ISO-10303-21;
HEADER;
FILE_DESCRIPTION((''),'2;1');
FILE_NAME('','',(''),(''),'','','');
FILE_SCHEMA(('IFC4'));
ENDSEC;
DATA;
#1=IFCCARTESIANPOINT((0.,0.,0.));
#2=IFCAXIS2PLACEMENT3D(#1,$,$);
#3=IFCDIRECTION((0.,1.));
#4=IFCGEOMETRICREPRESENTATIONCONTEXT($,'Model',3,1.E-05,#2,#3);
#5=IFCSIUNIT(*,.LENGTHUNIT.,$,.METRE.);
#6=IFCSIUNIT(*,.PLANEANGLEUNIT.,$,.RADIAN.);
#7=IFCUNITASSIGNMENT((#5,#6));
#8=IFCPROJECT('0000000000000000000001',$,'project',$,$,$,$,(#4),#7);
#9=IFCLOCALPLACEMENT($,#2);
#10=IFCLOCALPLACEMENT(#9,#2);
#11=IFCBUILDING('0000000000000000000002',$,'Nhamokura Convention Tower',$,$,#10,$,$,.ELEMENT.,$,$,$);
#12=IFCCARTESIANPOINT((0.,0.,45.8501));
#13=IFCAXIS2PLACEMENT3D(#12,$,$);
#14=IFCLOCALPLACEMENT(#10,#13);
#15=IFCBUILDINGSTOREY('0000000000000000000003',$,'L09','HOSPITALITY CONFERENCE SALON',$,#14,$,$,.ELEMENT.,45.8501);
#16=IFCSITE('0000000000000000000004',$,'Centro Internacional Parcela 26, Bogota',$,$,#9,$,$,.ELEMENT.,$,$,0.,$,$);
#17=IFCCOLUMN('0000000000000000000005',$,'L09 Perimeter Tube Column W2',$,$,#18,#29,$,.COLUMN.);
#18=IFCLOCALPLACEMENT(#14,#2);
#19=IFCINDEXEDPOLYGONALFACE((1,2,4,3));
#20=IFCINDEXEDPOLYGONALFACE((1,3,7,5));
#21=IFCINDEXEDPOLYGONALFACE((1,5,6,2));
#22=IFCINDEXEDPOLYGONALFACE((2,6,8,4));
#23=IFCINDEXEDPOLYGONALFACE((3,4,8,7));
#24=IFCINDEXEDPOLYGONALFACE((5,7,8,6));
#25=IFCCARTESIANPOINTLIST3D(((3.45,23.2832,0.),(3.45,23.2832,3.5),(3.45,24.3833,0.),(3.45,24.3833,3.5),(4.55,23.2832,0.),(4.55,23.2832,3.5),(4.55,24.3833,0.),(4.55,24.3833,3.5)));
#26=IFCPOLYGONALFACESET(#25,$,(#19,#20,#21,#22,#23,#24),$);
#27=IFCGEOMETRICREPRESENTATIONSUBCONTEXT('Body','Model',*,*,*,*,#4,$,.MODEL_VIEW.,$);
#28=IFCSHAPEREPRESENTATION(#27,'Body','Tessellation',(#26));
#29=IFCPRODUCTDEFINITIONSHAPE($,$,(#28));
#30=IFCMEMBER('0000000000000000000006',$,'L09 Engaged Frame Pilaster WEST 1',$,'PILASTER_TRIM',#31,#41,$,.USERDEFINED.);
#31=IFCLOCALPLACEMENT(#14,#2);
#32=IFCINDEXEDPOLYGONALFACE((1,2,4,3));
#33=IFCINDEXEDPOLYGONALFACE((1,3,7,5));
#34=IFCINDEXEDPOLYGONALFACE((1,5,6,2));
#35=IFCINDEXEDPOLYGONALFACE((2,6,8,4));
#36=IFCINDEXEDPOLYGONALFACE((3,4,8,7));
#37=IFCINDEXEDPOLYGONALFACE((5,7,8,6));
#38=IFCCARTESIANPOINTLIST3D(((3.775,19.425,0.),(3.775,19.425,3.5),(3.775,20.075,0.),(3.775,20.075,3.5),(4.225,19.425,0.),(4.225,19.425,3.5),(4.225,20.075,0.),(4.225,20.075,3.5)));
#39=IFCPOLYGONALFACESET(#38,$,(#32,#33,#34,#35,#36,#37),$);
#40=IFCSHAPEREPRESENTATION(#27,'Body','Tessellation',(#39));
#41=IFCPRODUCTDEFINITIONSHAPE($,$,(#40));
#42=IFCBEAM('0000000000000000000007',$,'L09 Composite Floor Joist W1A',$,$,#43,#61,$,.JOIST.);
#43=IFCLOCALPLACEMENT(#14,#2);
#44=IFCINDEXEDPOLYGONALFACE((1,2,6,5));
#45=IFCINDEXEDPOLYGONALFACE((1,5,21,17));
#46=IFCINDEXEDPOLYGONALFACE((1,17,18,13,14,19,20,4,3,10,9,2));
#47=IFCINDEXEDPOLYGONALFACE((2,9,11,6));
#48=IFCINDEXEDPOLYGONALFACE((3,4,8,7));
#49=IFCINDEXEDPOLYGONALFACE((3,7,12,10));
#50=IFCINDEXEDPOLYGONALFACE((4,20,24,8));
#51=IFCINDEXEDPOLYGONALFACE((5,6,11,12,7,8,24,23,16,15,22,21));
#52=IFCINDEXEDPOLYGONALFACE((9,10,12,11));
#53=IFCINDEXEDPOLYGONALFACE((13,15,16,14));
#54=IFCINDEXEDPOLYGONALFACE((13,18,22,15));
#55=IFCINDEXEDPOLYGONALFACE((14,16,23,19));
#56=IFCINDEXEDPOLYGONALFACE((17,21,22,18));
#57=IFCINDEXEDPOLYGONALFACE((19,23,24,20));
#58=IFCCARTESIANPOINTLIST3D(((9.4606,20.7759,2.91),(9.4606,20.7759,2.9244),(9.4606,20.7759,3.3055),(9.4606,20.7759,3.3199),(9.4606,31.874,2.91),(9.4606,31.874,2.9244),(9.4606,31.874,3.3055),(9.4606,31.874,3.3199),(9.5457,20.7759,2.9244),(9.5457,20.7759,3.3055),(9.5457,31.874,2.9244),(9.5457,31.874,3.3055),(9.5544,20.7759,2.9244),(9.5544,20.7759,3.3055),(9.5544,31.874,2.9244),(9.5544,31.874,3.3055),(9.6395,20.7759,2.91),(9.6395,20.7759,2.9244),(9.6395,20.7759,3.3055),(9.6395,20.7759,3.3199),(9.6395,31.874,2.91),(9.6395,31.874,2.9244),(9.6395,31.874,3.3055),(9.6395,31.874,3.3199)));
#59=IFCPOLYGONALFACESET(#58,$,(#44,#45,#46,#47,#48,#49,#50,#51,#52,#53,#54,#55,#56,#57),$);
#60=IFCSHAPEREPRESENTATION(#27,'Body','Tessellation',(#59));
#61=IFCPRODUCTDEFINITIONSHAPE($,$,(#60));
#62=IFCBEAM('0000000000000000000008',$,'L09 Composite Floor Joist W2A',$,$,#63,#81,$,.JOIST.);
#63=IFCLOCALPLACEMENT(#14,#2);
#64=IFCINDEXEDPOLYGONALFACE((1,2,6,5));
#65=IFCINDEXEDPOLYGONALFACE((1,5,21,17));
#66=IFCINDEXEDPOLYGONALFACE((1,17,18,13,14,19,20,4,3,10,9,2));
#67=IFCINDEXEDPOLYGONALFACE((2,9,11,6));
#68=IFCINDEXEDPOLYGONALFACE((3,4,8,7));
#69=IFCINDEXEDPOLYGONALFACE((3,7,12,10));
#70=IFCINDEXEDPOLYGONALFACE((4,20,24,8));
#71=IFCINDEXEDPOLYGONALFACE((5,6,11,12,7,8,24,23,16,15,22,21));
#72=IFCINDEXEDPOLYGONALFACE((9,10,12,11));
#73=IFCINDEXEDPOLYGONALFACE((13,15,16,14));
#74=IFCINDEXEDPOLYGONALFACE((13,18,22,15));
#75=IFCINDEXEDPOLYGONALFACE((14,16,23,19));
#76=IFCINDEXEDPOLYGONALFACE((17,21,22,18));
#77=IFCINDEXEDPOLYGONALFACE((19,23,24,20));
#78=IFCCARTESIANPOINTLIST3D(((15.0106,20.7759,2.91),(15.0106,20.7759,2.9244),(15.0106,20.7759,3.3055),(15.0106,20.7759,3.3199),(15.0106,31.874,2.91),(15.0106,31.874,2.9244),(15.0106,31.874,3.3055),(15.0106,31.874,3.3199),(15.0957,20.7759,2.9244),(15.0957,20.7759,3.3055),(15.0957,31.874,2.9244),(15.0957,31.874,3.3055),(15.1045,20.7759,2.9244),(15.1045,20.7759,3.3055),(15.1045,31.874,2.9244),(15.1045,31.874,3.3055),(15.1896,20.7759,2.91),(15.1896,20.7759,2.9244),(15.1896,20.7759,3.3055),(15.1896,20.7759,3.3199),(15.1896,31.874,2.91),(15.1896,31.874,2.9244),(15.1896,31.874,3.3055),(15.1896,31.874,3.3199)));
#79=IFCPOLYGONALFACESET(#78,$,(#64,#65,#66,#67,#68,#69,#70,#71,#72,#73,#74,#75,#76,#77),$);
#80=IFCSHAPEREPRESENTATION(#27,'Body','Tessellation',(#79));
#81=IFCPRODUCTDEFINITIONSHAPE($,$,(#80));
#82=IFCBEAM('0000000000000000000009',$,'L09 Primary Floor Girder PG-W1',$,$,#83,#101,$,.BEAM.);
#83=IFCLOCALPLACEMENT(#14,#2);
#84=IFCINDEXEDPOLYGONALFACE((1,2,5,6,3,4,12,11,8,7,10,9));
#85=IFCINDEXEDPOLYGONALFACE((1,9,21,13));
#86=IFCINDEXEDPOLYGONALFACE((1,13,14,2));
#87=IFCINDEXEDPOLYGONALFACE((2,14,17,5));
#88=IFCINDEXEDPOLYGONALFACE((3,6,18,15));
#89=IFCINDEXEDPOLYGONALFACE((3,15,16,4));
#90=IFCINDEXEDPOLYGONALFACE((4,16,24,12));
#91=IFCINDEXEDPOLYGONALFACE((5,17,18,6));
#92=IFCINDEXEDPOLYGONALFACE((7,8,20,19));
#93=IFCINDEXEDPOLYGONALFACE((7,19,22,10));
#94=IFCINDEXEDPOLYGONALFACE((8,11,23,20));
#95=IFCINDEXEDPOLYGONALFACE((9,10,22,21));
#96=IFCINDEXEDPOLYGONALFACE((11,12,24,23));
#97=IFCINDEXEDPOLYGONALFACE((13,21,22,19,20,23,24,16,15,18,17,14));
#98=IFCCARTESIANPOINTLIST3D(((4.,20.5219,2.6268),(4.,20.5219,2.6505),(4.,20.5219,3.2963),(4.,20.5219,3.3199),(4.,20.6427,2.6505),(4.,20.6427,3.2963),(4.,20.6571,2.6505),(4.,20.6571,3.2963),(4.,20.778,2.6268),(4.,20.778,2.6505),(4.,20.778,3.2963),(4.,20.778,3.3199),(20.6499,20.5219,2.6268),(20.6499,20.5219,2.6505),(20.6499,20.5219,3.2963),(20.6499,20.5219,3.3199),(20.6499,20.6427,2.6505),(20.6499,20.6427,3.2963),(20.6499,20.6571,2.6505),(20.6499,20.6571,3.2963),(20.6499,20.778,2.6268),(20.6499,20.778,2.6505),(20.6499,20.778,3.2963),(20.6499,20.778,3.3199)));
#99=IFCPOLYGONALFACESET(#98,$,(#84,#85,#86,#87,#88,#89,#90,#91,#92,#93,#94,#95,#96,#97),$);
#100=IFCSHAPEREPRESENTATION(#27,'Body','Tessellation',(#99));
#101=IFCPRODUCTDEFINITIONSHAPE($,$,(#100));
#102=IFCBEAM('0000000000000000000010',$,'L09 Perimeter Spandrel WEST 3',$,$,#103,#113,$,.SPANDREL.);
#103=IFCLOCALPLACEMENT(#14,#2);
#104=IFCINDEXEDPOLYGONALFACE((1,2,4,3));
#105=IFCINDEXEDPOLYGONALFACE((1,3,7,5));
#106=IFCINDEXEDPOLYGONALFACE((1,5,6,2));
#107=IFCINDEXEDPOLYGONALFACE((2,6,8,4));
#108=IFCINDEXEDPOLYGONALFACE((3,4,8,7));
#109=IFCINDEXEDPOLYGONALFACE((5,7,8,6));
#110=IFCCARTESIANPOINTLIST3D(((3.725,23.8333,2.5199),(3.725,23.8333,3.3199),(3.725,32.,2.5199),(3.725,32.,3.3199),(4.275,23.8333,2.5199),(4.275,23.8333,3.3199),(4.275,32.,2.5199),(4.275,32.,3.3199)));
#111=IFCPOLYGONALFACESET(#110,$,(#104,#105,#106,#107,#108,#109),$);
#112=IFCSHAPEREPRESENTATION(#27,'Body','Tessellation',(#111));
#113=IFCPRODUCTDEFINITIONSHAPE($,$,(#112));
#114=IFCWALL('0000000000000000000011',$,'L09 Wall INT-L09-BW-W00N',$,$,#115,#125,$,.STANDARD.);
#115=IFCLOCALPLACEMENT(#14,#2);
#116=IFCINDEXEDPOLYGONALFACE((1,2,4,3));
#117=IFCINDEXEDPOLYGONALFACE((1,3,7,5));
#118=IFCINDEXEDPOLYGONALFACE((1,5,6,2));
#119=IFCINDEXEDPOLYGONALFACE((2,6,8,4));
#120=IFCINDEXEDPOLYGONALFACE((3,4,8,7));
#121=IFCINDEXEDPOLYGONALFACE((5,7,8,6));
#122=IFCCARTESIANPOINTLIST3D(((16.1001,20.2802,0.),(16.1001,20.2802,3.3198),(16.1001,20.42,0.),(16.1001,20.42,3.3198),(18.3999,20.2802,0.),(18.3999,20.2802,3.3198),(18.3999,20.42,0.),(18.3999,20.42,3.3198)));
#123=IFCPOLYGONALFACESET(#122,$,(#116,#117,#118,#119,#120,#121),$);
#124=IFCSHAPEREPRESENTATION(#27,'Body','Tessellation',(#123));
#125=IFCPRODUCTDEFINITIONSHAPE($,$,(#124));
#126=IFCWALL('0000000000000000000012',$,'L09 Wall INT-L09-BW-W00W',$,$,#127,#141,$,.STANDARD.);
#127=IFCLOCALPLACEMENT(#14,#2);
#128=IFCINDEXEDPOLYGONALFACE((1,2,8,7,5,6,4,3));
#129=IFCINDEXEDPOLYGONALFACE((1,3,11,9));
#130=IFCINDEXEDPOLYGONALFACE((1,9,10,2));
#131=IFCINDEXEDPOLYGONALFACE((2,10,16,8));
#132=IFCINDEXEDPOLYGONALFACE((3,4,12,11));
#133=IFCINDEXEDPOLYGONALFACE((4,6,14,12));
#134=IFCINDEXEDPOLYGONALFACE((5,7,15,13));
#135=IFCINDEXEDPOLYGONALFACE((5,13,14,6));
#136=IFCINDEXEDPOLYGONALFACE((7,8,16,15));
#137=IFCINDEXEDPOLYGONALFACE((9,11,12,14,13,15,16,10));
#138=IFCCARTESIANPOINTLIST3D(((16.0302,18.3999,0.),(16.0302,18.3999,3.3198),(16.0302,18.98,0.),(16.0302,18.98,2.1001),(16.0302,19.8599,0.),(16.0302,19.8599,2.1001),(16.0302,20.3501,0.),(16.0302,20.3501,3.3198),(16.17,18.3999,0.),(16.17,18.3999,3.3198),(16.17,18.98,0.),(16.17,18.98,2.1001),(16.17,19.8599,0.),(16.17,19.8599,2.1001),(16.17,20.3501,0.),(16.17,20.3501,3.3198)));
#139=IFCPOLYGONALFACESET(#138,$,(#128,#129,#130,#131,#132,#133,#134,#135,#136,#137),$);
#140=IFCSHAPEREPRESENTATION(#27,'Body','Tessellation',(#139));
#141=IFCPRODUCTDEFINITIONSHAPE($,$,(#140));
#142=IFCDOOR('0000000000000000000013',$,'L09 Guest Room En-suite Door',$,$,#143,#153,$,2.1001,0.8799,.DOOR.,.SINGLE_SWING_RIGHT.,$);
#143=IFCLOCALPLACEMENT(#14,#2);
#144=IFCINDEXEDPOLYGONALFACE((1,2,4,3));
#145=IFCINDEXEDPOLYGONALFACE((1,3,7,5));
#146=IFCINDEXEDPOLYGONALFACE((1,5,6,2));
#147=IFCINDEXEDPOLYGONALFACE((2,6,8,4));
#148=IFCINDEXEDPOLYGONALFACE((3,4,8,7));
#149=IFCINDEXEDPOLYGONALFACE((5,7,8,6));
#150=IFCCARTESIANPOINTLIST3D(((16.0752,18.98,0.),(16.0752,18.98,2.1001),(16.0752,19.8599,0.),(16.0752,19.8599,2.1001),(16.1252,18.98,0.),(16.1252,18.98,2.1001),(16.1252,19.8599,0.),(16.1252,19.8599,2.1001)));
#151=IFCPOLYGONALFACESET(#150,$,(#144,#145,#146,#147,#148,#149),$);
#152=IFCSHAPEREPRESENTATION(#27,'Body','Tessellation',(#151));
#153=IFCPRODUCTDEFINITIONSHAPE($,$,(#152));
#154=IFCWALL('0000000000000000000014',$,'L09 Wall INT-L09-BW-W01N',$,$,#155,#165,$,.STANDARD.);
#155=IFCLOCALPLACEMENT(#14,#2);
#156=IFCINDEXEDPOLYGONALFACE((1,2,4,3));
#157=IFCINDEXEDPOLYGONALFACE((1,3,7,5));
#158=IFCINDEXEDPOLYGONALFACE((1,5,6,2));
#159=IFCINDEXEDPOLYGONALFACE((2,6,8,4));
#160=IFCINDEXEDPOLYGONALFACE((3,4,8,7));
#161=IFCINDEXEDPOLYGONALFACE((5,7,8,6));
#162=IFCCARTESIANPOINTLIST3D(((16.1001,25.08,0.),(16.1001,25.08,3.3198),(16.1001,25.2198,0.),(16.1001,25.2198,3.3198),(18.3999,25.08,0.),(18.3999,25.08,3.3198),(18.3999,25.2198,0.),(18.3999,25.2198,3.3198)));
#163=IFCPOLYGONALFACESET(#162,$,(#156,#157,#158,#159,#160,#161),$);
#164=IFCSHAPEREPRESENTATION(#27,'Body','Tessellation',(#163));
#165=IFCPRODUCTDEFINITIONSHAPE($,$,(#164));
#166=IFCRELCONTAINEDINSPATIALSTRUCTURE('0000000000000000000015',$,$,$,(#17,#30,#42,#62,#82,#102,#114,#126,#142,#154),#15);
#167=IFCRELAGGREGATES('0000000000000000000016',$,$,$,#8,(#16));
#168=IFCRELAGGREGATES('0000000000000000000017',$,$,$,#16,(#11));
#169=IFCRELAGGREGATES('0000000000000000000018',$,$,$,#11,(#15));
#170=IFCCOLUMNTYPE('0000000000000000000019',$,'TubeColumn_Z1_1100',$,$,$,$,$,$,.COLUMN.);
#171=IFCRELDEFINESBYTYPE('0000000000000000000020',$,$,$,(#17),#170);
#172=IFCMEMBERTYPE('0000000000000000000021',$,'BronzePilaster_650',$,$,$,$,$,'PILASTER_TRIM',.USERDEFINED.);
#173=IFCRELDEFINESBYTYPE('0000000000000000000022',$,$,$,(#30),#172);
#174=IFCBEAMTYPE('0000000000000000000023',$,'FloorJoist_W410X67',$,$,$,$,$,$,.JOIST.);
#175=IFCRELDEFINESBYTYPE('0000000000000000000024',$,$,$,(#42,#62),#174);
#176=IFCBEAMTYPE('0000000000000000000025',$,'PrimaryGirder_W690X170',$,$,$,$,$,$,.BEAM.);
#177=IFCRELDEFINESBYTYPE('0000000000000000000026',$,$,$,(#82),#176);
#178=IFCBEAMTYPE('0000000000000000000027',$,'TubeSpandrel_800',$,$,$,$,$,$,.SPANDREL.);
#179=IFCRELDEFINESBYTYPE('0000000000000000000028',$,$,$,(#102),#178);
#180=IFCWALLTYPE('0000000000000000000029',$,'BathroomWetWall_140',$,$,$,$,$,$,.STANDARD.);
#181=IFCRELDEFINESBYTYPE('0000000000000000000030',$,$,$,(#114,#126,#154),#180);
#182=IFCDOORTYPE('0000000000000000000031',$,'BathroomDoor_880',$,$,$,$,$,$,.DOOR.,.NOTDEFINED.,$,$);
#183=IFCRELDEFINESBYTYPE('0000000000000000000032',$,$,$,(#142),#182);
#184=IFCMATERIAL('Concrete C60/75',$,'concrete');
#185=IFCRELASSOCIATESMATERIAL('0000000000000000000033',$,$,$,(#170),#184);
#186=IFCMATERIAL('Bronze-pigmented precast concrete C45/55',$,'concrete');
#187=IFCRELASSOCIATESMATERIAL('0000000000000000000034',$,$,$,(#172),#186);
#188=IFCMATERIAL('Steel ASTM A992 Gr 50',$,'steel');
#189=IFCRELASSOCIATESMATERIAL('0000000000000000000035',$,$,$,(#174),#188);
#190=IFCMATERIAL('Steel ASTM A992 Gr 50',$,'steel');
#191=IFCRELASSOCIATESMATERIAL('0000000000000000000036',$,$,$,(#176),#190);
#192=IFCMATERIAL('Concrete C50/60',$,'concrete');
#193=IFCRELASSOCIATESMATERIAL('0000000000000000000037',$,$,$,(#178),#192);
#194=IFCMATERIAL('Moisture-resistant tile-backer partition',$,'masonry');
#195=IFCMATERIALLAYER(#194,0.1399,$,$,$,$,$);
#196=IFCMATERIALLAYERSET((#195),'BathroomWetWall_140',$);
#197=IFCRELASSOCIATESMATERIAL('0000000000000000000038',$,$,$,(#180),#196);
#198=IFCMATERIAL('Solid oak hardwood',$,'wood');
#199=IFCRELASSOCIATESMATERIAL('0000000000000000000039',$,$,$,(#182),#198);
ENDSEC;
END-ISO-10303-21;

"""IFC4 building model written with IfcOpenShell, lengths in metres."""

from ifc_helpers import new_model, si_unit, direction, frame, frame_2d, origin, origin_2d, place, context, subcontext, project, spatial, rectangle, i_section, extrude, material, layer, layer_set, material_profile, profile_set, type_object, element, fill, save


model = new_model("IFC4")

# Units and contexts
model_context = context("Model", 3, precision=1e-05, world=origin(), true_north=direction((0.0, 1.0)))
body_context = subcontext(model_context, "Body", "Model", "MODEL_VIEW")
ifc_project = project(units=[si_unit("LENGTHUNIT", "METRE"), si_unit("PLANEANGLEUNIT", "RADIAN")], contexts=[model_context])

# Site, building, storey
site_placement = place(None, origin())
site = spatial("IfcSite", under=ifc_project, at=site_placement, Name="Centro Internacional Parcela 26, Bogota", CompositionType="ELEMENT", RefElevation=0.0)
building_placement = place(site_placement, origin())
building = spatial("IfcBuilding", under=site, at=building_placement, Name="Nhamokura Convention Tower", CompositionType="ELEMENT")
storey_placement = place(building_placement, frame((0.0, 0.0, 45.8501)))
storey = spatial("IfcBuildingStorey", under=building, at=storey_placement, Name="L09", Description="HOSPITALITY CONFERENCE SALON", CompositionType="ELEMENT", Elevation=45.8501)

# Column
ifc_material_1 = material(Name="Concrete C60/75", Category="concrete")
ifc_material_profile_1 = material_profile(ifc_material_1, rectangle(XDim=1.1001, YDim=1.1001, at=origin_2d()))
ifc_profile_set_1 = profile_set([ifc_material_profile_1], Name="Concrete C60/75")
column_type = type_object("IfcColumnType", Name="TubeColumn_Z1_1100", PredefinedType="COLUMN", material=ifc_profile_set_1)
column_placement = place(storey_placement, frame((4.0, 23.8333, 0.0), z_axis=(0.0, 0.0, 1.0), x_axis=(1.0, 0.0, 0.0)))
element("IfcColumn", 1, at=column_placement, inside=storey, type_object=column_type, Name="L09 Perimeter Tube Column W2", PredefinedType="COLUMN", context=body_context, shape_type="SweptSolid", body=[
    extrude(rectangle(XDim=1.1001, YDim=1.1001, at=origin_2d()), origin(), (0.0, 0.0, 1.0), 3.5),
])

# Member
ifc_material_2 = material(Name="Bronze-pigmented precast concrete C45/55", Category="concrete")
ifc_material_profile_2 = material_profile(ifc_material_2, rectangle(XDim=0.45, YDim=0.6499, at=origin_2d()))
ifc_profile_set_2 = profile_set([ifc_material_profile_2], Name="Bronze-pigmented precast concrete C45/55")
member_type = type_object("IfcMemberType", Name="BronzePilaster_650", ElementType="PILASTER_TRIM", PredefinedType="USERDEFINED", material=ifc_profile_set_2)
member_placement = place(storey_placement, frame((4.0, 19.75, 0.0), z_axis=(0.0, 0.0, 1.0), x_axis=(1.0, 0.0, 0.0)))
element("IfcMember", 2, at=member_placement, inside=storey, type_object=member_type, Name="L09 Engaged Frame Pilaster WEST 1", ObjectType="PILASTER_TRIM", PredefinedType="USERDEFINED", context=body_context, shape_type="SweptSolid", body=[
    extrude(rectangle(XDim=0.45, YDim=0.6499, at=origin_2d()), origin(), (0.0, 0.0, 1.0), 3.5),
])

# Beams
ifc_material_3 = material(Name="Steel ASTM A992 Gr 50", Category="steel")
ifc_material_profile_3 = material_profile(ifc_material_3, i_section(OverallWidth=0.179, OverallDepth=0.4099, WebThickness=0.0088, FlangeThickness=0.0144, at=origin_2d()))
ifc_profile_set_3 = profile_set([ifc_material_profile_3], Name="Steel ASTM A992 Gr 50")
beam_type_1 = type_object("IfcBeamType", Name="FloorJoist_W410X67", PredefinedType="JOIST", material=ifc_profile_set_3)
for number, where, z_axis, x_axis, name in (
    (3, (9.55, 20.7759, 3.115), (0.0, 1.0, 0.0), (-1.0, 0.0, 0.0), "L09 Composite Floor Joist W1A"),
    (4, (15.1001, 20.7759, 3.115), (0.0, 1.0, 0.0), (-1.0, 0.0, 0.0), "L09 Composite Floor Joist W2A"),
):
    element("IfcBeam", number, at=place(storey_placement, frame(where, z_axis=z_axis, x_axis=x_axis)), inside=storey, type_object=beam_type_1, Name=name, PredefinedType="JOIST", context=body_context, shape_type="SweptSolid", body=[
        extrude(i_section(OverallWidth=0.179, OverallDepth=0.4099, WebThickness=0.0088, FlangeThickness=0.0144, at=origin_2d()), origin(), (0.0, 0.0, 1.0), 11.0981),
    ])
ifc_material_4 = material(Name="Steel ASTM A992 Gr 50", Category="steel")
ifc_material_profile_4 = material_profile(ifc_material_4, i_section(OverallWidth=0.2561, OverallDepth=0.6931, WebThickness=0.0144, FlangeThickness=0.0237, at=origin_2d()))
ifc_profile_set_4 = profile_set([ifc_material_profile_4], Name="Steel ASTM A992 Gr 50")
beam_type_2 = type_object("IfcBeamType", Name="PrimaryGirder_W690X170", PredefinedType="BEAM", material=ifc_profile_set_4)
beam_1_placement = place(storey_placement, frame((4.0, 20.6499, 2.9734), z_axis=(1.0, 0.0, 0.0), x_axis=(0.0, 1.0, 0.0)))
element("IfcBeam", 5, at=beam_1_placement, inside=storey, type_object=beam_type_2, Name="L09 Primary Floor Girder PG-W1", PredefinedType="BEAM", context=body_context, shape_type="SweptSolid", body=[
    extrude(i_section(OverallWidth=0.2561, OverallDepth=0.6931, WebThickness=0.0144, FlangeThickness=0.0237, at=origin_2d()), origin(), (0.0, 0.0, 1.0), 16.6499),
])
ifc_material_5 = material(Name="Concrete C50/60", Category="concrete")
ifc_material_profile_5 = material_profile(ifc_material_5, rectangle(XDim=0.55, YDim=0.8, at=origin_2d()))
ifc_profile_set_5 = profile_set([ifc_material_profile_5], Name="Concrete C50/60")
beam_type_3 = type_object("IfcBeamType", Name="TubeSpandrel_800", PredefinedType="SPANDREL", material=ifc_profile_set_5)
beam_2_placement = place(storey_placement, frame((4.0, 23.8333, 2.9199), z_axis=(0.0, 1.0, 0.0), x_axis=(-1.0, 0.0, 0.0)))
element("IfcBeam", 6, at=beam_2_placement, inside=storey, type_object=beam_type_3, Name="L09 Perimeter Spandrel WEST 3", PredefinedType="SPANDREL", context=body_context, shape_type="SweptSolid", body=[
    extrude(rectangle(XDim=0.55, YDim=0.8, at=origin_2d()), origin(), (0.0, 0.0, 1.0), 8.1667),
])

# Wall
ifc_material_6 = material(Name="Moisture-resistant tile-backer partition", Category="masonry")
ifc_layer_1 = layer(ifc_material_6, 0.1399)
ifc_layer_set_1 = layer_set([ifc_layer_1], Name="BathroomWetWall_140")
wall_type_1 = type_object("IfcWallType", Name="BathroomWetWall_140", PredefinedType="STANDARD", material=ifc_layer_set_1)
wall_1_placement = place(storey_placement, frame((16.1001, 20.3501, 0.0), z_axis=(0.0, 0.0, 1.0), x_axis=(1.0, 0.0, 0.0)))
element("IfcWall", 7, at=wall_1_placement, inside=storey, type_object=wall_type_1, Name="L09 Wall INT-L09-BW-W00N", PredefinedType="STANDARD", context=body_context, shape_type="SweptSolid", body=[
    extrude(rectangle(XDim=2.2998, YDim=0.1399, at=frame_2d((1.1499, 0.0))), origin(), (0.0, 0.0, 1.0), 3.3198),
])

# Wall, opening, door
wall_2_placement = place(storey_placement, frame((16.1001, 18.3999, 0.0), z_axis=(0.0, 0.0, 1.0), x_axis=(0.0, 1.0, 0.0)))
wall_2 = element("IfcWall", 8, at=wall_2_placement, inside=storey, type_object=wall_type_1, Name="L09 Wall INT-L09-BW-W00W", PredefinedType="STANDARD", context=body_context, shape_type="SweptSolid", body=[
    extrude(rectangle(XDim=1.9502, YDim=0.1399, at=frame_2d((0.9751, 0.0))), origin(), (0.0, 0.0, 1.0), 3.3198),
])
opening_1_placement = place(wall_2_placement, frame((0.5801, 0.0, 0.0)))
opening_1 = element("IfcOpeningElement", 9, at=opening_1_placement, cuts=wall_2, PredefinedType="OPENING", context=body_context, shape_type="SweptSolid", body=[
    extrude(rectangle(XDim=0.8799, YDim=2.1001, at=frame_2d((0.4399, 1.05))), frame((0.0, 0.0798, 0.0), z_axis=(0.0, -1.0, 0.0), x_axis=(1.0, 0.0, 0.0)), (0.0, 0.0, 1.0), 0.1599),
])
ifc_material_7 = material(Name="Solid oak hardwood", Category="wood")
door_type_1 = type_object("IfcDoorType", Name="BathroomDoor_880", OperationType="NOTDEFINED", PredefinedType="DOOR", material=ifc_material_7)
door_1_placement = place(opening_1_placement, origin())
door_1 = element("IfcDoor", 10, at=door_1_placement, inside=storey, type_object=door_type_1, Name="L09 Guest Room En-suite Door", OperationType="SINGLE_SWING_RIGHT", OverallHeight=2.1001, OverallWidth=0.8799, PredefinedType="DOOR", context=body_context, shape_type="SweptSolid", body=[
    extrude(rectangle(XDim=0.8799, YDim=2.1001, at=frame_2d((0.4399, 1.05))), frame((0.0, 0.0249, 0.0), z_axis=(0.0, -1.0, 0.0), x_axis=(1.0, 0.0, 0.0)), (0.0, 0.0, 1.0), 0.05),
])
fill(opening_1, door_1)

# Wall
wall_3_placement = place(storey_placement, frame((16.1001, 25.1499, 0.0), z_axis=(0.0, 0.0, 1.0), x_axis=(1.0, 0.0, 0.0)))
element("IfcWall", 11, at=wall_3_placement, inside=storey, type_object=wall_type_1, Name="L09 Wall INT-L09-BW-W01N", PredefinedType="STANDARD", context=body_context, shape_type="SweptSolid", body=[
    extrude(rectangle(XDim=2.2998, YDim=0.1399, at=frame_2d((1.1499, 0.0))), origin(), (0.0, 0.0, 1.0), 3.3198),
])

save(model, "model.ifc")
